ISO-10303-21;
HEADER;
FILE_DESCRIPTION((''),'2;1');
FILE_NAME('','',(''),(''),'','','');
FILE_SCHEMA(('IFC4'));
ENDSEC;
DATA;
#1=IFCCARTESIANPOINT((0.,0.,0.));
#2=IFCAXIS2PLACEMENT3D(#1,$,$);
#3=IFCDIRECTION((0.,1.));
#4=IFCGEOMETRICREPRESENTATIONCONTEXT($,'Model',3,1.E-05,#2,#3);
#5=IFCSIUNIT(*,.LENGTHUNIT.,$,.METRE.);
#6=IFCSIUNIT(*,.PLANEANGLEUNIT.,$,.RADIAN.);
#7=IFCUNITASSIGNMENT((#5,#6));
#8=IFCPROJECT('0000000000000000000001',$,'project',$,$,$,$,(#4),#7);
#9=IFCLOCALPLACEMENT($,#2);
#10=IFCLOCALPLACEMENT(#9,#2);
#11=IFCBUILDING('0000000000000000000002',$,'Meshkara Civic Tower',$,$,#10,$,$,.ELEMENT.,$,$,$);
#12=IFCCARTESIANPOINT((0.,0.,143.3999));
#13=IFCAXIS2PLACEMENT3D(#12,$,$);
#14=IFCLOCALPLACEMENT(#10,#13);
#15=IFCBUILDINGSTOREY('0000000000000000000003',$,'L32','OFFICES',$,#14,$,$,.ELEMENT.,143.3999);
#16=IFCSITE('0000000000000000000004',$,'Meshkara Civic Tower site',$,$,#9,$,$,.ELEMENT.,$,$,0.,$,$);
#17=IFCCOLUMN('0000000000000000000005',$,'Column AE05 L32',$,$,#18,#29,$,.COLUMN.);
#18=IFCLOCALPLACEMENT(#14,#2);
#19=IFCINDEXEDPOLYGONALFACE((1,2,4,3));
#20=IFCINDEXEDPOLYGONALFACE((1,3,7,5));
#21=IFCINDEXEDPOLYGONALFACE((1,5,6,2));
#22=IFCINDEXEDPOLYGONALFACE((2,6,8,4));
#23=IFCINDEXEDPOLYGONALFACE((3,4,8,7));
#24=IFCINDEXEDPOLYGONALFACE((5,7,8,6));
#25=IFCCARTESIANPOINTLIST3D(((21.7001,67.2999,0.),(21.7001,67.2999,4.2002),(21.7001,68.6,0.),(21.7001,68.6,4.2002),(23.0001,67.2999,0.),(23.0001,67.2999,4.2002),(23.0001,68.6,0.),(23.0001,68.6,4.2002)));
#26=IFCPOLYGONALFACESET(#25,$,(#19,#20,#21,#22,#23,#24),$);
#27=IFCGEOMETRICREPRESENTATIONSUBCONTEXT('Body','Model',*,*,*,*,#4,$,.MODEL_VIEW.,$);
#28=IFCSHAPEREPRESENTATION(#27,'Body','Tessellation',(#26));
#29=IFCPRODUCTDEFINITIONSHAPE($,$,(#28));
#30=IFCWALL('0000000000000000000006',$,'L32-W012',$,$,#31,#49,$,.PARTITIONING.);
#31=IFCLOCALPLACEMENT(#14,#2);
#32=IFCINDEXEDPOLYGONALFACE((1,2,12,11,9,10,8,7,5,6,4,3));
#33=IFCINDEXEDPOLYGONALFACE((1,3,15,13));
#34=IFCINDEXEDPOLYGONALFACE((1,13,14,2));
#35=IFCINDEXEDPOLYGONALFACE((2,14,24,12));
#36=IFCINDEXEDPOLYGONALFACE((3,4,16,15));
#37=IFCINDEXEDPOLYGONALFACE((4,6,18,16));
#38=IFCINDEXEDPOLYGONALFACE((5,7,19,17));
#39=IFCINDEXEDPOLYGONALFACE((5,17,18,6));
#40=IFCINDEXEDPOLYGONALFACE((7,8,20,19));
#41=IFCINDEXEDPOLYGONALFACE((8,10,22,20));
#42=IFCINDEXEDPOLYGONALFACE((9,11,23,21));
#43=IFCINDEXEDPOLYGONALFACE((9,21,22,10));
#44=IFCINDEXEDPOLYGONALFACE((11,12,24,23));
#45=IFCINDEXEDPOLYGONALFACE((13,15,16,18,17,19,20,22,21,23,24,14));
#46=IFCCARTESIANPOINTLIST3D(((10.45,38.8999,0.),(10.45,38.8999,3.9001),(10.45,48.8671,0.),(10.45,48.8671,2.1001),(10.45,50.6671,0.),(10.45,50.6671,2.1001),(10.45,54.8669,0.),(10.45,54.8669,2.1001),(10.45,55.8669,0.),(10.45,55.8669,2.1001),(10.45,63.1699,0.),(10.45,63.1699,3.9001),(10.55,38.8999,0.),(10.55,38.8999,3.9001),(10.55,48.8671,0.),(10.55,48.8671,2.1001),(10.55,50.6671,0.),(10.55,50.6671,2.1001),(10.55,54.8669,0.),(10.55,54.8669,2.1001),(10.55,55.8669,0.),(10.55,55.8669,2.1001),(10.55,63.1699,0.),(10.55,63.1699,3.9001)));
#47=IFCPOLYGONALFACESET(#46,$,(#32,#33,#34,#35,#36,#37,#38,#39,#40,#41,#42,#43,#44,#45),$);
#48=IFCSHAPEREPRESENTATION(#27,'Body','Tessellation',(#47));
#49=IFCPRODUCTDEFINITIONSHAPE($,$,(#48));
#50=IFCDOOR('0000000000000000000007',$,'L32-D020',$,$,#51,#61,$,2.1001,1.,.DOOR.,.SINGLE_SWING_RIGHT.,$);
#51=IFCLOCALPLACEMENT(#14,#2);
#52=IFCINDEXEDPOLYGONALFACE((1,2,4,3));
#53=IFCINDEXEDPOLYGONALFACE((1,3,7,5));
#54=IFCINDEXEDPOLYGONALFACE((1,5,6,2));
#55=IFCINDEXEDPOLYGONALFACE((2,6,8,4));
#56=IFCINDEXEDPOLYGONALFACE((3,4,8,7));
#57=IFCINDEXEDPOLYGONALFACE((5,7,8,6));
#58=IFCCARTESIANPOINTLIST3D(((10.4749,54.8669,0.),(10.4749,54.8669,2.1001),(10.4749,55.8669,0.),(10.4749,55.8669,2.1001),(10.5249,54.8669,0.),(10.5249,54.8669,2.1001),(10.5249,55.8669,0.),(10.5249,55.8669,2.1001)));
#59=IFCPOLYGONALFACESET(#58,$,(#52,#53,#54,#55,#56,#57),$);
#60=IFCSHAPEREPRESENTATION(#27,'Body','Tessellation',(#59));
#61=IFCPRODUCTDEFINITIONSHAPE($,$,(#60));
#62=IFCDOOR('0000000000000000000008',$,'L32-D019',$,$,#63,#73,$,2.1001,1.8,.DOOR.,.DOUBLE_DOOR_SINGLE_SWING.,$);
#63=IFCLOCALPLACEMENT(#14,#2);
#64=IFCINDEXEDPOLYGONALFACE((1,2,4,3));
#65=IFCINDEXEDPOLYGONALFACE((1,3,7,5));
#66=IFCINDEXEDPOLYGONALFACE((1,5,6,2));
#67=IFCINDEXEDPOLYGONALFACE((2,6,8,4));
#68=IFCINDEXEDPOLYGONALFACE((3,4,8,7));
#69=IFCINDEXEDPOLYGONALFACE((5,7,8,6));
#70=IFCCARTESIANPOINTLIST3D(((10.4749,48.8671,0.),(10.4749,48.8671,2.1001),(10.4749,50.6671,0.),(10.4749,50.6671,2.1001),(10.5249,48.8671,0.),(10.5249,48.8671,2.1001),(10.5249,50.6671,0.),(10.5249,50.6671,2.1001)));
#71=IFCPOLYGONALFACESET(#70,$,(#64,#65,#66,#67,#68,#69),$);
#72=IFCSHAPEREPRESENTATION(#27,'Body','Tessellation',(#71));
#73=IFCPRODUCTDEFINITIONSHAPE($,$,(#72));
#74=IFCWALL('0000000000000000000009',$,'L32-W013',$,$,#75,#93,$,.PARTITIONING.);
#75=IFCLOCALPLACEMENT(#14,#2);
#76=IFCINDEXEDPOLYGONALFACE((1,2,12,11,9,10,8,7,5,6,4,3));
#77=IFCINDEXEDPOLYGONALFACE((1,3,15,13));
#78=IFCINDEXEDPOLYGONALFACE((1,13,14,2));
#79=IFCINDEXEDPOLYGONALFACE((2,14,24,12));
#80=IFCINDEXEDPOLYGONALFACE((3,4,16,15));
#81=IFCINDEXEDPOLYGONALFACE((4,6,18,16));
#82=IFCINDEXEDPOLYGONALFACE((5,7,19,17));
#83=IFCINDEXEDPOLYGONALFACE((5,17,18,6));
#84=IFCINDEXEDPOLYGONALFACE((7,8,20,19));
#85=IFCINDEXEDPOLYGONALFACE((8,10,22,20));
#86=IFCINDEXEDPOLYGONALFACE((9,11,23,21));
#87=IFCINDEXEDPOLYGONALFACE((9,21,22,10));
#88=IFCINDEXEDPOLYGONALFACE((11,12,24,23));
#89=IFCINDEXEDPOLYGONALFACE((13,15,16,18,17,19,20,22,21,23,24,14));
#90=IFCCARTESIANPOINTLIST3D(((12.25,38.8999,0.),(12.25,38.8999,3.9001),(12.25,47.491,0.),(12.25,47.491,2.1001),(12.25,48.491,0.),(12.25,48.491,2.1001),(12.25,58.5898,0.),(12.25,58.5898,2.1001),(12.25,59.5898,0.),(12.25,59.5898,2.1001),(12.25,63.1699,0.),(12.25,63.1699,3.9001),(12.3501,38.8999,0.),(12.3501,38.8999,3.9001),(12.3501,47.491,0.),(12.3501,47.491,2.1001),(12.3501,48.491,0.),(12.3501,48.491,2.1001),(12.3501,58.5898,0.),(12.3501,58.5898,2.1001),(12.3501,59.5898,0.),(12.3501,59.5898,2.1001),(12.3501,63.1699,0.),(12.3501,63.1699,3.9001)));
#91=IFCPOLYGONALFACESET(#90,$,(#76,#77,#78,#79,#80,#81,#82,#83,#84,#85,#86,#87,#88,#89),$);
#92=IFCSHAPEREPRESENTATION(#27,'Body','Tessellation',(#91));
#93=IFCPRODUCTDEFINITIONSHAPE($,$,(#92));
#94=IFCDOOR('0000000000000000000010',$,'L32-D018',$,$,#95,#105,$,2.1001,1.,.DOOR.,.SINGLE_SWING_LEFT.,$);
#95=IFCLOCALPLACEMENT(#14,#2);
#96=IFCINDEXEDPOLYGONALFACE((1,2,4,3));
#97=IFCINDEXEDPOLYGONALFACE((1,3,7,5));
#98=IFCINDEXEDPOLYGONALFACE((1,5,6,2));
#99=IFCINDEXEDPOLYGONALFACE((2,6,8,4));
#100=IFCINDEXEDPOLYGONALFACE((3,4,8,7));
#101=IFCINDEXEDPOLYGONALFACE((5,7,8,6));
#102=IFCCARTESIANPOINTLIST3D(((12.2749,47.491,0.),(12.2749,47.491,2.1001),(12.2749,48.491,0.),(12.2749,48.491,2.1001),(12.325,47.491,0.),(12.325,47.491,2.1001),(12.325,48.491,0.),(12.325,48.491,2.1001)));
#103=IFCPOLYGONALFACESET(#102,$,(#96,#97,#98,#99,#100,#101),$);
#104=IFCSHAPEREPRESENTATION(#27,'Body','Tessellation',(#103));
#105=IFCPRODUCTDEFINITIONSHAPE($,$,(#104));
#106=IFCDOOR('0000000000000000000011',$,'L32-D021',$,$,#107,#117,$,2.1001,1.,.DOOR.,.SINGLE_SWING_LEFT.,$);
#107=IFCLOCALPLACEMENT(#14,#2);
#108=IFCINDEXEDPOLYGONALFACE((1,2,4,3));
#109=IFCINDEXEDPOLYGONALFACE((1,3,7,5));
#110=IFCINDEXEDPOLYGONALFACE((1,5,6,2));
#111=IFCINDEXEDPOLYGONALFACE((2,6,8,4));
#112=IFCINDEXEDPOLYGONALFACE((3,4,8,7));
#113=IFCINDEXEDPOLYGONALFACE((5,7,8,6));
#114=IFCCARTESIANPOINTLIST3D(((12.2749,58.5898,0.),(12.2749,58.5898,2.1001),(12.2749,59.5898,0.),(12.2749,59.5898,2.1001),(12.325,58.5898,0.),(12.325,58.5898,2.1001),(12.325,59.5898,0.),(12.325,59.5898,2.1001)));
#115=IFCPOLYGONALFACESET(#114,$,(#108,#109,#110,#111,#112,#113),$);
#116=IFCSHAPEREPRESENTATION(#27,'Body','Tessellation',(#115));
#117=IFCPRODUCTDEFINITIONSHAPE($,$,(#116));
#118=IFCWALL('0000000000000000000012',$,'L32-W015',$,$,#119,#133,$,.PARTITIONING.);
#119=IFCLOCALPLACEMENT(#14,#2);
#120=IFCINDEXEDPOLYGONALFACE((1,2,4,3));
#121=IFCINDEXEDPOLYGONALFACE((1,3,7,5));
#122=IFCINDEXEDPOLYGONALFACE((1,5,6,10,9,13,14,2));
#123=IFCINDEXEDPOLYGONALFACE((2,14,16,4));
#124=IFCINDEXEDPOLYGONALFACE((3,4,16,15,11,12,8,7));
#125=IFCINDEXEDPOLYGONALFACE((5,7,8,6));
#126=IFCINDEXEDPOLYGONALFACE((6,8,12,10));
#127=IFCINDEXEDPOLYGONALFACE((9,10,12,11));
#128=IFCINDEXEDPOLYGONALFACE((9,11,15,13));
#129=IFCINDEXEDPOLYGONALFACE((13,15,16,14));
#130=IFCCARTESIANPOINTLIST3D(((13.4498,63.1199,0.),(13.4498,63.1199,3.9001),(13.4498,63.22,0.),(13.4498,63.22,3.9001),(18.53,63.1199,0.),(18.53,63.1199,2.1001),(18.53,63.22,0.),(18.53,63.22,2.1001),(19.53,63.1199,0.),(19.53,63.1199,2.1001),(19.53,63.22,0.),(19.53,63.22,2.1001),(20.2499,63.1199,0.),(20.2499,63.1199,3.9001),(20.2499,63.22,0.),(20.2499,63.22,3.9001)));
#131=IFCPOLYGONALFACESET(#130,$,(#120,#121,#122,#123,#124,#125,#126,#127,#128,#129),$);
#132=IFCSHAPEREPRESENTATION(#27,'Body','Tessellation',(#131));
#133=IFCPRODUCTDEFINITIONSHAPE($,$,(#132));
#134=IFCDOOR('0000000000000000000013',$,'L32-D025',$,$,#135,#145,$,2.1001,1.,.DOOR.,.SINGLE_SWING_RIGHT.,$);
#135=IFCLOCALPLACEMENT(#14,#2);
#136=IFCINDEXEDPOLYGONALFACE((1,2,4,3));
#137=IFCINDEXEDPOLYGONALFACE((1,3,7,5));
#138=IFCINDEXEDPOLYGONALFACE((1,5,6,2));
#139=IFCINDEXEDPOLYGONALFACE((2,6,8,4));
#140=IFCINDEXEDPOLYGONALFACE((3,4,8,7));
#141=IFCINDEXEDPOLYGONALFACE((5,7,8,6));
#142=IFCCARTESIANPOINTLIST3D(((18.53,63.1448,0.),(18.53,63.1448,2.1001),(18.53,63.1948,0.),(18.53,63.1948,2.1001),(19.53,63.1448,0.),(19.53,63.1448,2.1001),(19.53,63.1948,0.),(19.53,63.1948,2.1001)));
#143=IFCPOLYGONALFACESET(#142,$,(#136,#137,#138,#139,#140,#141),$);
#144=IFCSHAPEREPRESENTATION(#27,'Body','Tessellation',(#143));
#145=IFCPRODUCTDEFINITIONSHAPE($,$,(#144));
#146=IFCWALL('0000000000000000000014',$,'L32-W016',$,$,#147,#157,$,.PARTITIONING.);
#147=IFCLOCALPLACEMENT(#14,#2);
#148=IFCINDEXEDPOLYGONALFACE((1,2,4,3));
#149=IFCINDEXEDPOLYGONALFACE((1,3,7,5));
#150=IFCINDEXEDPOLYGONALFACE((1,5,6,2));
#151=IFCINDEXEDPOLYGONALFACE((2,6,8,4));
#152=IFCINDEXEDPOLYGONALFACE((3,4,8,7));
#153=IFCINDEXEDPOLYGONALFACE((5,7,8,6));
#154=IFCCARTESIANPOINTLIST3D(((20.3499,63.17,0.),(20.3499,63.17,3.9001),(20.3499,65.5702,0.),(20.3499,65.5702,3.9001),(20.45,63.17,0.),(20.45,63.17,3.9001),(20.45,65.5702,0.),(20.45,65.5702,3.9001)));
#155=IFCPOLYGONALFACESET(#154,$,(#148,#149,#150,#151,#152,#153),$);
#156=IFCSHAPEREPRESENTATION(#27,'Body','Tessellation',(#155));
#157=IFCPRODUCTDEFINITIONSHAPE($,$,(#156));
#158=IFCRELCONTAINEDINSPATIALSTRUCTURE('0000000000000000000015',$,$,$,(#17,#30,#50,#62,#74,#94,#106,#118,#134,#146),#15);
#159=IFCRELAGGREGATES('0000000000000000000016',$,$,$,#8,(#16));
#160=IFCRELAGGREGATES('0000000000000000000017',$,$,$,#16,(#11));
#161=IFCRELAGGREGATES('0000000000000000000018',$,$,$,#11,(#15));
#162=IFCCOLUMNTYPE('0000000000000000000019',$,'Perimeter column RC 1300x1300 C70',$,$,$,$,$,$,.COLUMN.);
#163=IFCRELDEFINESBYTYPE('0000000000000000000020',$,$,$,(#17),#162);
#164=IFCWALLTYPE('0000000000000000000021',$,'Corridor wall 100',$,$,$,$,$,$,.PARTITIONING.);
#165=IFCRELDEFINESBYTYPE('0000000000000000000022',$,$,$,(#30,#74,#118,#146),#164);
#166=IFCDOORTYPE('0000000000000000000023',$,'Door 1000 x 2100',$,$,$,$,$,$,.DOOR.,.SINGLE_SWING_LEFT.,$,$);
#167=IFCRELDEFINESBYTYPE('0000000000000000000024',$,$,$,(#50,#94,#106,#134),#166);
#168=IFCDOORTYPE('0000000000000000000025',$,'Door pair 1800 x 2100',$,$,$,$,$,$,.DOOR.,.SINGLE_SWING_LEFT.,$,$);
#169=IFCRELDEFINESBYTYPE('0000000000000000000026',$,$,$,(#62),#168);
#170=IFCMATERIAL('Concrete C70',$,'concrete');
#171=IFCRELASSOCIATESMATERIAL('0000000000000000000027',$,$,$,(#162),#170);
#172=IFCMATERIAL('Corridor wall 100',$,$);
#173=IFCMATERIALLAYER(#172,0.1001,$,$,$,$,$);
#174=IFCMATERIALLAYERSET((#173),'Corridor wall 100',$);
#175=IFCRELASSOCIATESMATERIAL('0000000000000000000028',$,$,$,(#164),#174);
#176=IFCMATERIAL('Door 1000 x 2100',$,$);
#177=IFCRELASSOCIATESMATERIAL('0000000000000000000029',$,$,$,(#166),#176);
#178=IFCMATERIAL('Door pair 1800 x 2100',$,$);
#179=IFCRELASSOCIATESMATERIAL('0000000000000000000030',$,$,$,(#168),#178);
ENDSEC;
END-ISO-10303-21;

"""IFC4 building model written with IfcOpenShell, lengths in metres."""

from ifc_helpers import new_model, si_unit, direction, frame, frame_2d, origin, origin_2d, place, context, subcontext, project, spatial, rectangle, extrude, material, layer, layer_set, material_profile, profile_set, type_object, element, fill, save


model = new_model("IFC4")

# Units and contexts
model_context = context("Model", 3, precision=1e-05, world=origin(), true_north=direction((0.0, 1.0)))
body_context = subcontext(model_context, "Body", "Model", "MODEL_VIEW")
ifc_project = project(units=[si_unit("LENGTHUNIT", "METRE"), si_unit("PLANEANGLEUNIT", "RADIAN")], contexts=[model_context])

# Site, building, storey
site_placement = place(None, origin())
site = spatial("IfcSite", under=ifc_project, at=site_placement, Name="Meshkara Civic Tower site", CompositionType="ELEMENT", RefElevation=0.0)
building_placement = place(site_placement, origin())
building = spatial("IfcBuilding", under=site, at=building_placement, Name="Meshkara Civic Tower", CompositionType="ELEMENT")
storey_placement = place(building_placement, frame((0.0, 0.0, 143.3999)))
storey = spatial("IfcBuildingStorey", under=building, at=storey_placement, Name="L32", Description="OFFICES", CompositionType="ELEMENT", Elevation=143.3999)

# Column
ifc_material_1 = material(Name="Concrete C70", Category="concrete")
ifc_material_profile = material_profile(ifc_material_1, rectangle(XDim=1.3, YDim=1.3, at=origin_2d()))
ifc_profile_set = profile_set([ifc_material_profile], Name="Concrete C70")
column_type = type_object("IfcColumnType", Name="Perimeter column RC 1300x1300 C70", PredefinedType="COLUMN", material=ifc_profile_set)
column_placement = place(storey_placement, frame((22.3501, 67.95, 0.0), z_axis=(0.0, 0.0, 1.0), x_axis=(1.0, 0.0, 0.0)))
element("IfcColumn", 1, at=column_placement, inside=storey, type_object=column_type, Name="Column AE05 L32", PredefinedType="COLUMN", context=body_context, shape_type="SweptSolid", body=[
    extrude(rectangle(XDim=1.3, YDim=1.3, at=origin_2d()), origin(), (0.0, 0.0, 1.0), 4.2002),
])

# Walls, openings, doors
ifc_material_2 = material(Name="Corridor wall 100")
ifc_layer_1 = layer(ifc_material_2, 0.1001)
ifc_layer_set_1 = layer_set([ifc_layer_1], Name="Corridor wall 100")
wall_type_1 = type_object("IfcWallType", Name="Corridor wall 100", PredefinedType="PARTITIONING", material=ifc_layer_set_1)
wall_1_placement = place(storey_placement, frame((10.5, 63.1699, 0.0), z_axis=(0.0, 0.0, 1.0), x_axis=(0.0, -1.0, 0.0)))
wall_1 = element("IfcWall", 2, at=wall_1_placement, inside=storey, type_object=wall_type_1, Name="L32-W012", PredefinedType="PARTITIONING", context=body_context, shape_type="SweptSolid", body=[
    extrude(rectangle(XDim=24.27, YDim=0.1001, at=frame_2d((12.135, 0.0))), origin(), (0.0, 0.0, 1.0), 3.9001),
])
opening_1_placement = place(wall_1_placement, frame((12.5029, 0.0, 0.0)))
opening_1 = element("IfcOpeningElement", 3, at=opening_1_placement, cuts=wall_1, PredefinedType="OPENING", context=body_context, shape_type="SweptSolid", body=[
    extrude(rectangle(XDim=1.8, YDim=2.1001, at=frame_2d((0.8999, 1.05))), frame((0.0, 0.0601, 0.0), z_axis=(0.0, -1.0, 0.0), x_axis=(1.0, 0.0, 0.0)), (0.0, 0.0, 1.0), 0.1201),
])
opening_2_placement = place(wall_1_placement, frame((7.303, 0.0, 0.0)))
opening_2 = element("IfcOpeningElement", 4, at=opening_2_placement, cuts=wall_1, PredefinedType="OPENING", context=body_context, shape_type="SweptSolid", body=[
    extrude(rectangle(XDim=1.0, YDim=2.1001, at=frame_2d((0.5, 1.05))), frame((0.0, 0.0601, 0.0), z_axis=(0.0, -1.0, 0.0), x_axis=(1.0, 0.0, 0.0)), (0.0, 0.0, 1.0), 0.1201),
])
ifc_material_3 = material(Name="Door 1000 x 2100")
door_type_1 = type_object("IfcDoorType", Name="Door 1000 x 2100", OperationType="SINGLE_SWING_LEFT", PredefinedType="DOOR", material=ifc_material_3)
door_1_placement = place(opening_2_placement, origin())
door_1 = element("IfcDoor", 5, at=door_1_placement, inside=storey, type_object=door_type_1, Name="L32-D020", OperationType="SINGLE_SWING_RIGHT", OverallHeight=2.1001, OverallWidth=1.0, PredefinedType="DOOR", context=body_context, shape_type="SweptSolid", body=[
    extrude(rectangle(XDim=1.0, YDim=2.1001, at=frame_2d((0.5, 1.05))), frame((0.0, 0.0249, 0.0), z_axis=(0.0, -1.0, 0.0), x_axis=(1.0, 0.0, 0.0)), (0.0, 0.0, 1.0), 0.05),
])
fill(opening_2, door_1)
ifc_material_4 = material(Name="Door pair 1800 x 2100")
door_type_2 = type_object("IfcDoorType", Name="Door pair 1800 x 2100", OperationType="SINGLE_SWING_LEFT", PredefinedType="DOOR", material=ifc_material_4)
door_2_placement = place(opening_1_placement, origin())
door_2 = element("IfcDoor", 6, at=door_2_placement, inside=storey, type_object=door_type_2, Name="L32-D019", OperationType="DOUBLE_DOOR_SINGLE_SWING", OverallHeight=2.1001, OverallWidth=1.8, PredefinedType="DOOR", context=body_context, shape_type="SweptSolid", body=[
    extrude(rectangle(XDim=1.8, YDim=2.1001, at=frame_2d((0.8999, 1.05))), frame((0.0, 0.0249, 0.0), z_axis=(0.0, -1.0, 0.0), x_axis=(1.0, 0.0, 0.0)), (0.0, 0.0, 1.0), 0.05),
])
fill(opening_1, door_2)
wall_2_placement = place(storey_placement, frame((12.3, 63.1699, 0.0), z_axis=(0.0, 0.0, 1.0), x_axis=(0.0, -1.0, 0.0)))
wall_2 = element("IfcWall", 7, at=wall_2_placement, inside=storey, type_object=wall_type_1, Name="L32-W013", PredefinedType="PARTITIONING", context=body_context, shape_type="SweptSolid", body=[
    extrude(rectangle(XDim=24.27, YDim=0.1001, at=frame_2d((12.135, 0.0))), origin(), (0.0, 0.0, 1.0), 3.9001),
])
opening_3_placement = place(wall_2_placement, frame((14.679, 0.0, 0.0)))
opening_3 = element("IfcOpeningElement", 8, at=opening_3_placement, cuts=wall_2, PredefinedType="OPENING", context=body_context, shape_type="SweptSolid", body=[
    extrude(rectangle(XDim=1.0, YDim=2.1001, at=frame_2d((0.5, 1.05))), frame((0.0, 0.0601, 0.0), z_axis=(0.0, -1.0, 0.0), x_axis=(1.0, 0.0, 0.0)), (0.0, 0.0, 1.0), 0.1201),
])
opening_4_placement = place(wall_2_placement, frame((3.5801, 0.0, 0.0)))
opening_4 = element("IfcOpeningElement", 9, at=opening_4_placement, cuts=wall_2, PredefinedType="OPENING", context=body_context, shape_type="SweptSolid", body=[
    extrude(rectangle(XDim=1.0, YDim=2.1001, at=frame_2d((0.5, 1.05))), frame((0.0, 0.0601, 0.0), z_axis=(0.0, -1.0, 0.0), x_axis=(1.0, 0.0, 0.0)), (0.0, 0.0, 1.0), 0.1201),
])
door_3_placement = place(opening_3_placement, origin())
door_3 = element("IfcDoor", 10, at=door_3_placement, inside=storey, type_object=door_type_1, Name="L32-D018", OperationType="SINGLE_SWING_LEFT", OverallHeight=2.1001, OverallWidth=1.0, PredefinedType="DOOR", context=body_context, shape_type="SweptSolid", body=[
    extrude(rectangle(XDim=1.0, YDim=2.1001, at=frame_2d((0.5, 1.05))), frame((0.0, 0.0249, 0.0), z_axis=(0.0, -1.0, 0.0), x_axis=(1.0, 0.0, 0.0)), (0.0, 0.0, 1.0), 0.05),
])
fill(opening_3, door_3)
door_4_placement = place(opening_4_placement, origin())
door_4 = element("IfcDoor", 11, at=door_4_placement, inside=storey, type_object=door_type_1, Name="L32-D021", OperationType="SINGLE_SWING_LEFT", OverallHeight=2.1001, OverallWidth=1.0, PredefinedType="DOOR", context=body_context, shape_type="SweptSolid", body=[
    extrude(rectangle(XDim=1.0, YDim=2.1001, at=frame_2d((0.5, 1.05))), frame((0.0, 0.0249, 0.0), z_axis=(0.0, -1.0, 0.0), x_axis=(1.0, 0.0, 0.0)), (0.0, 0.0, 1.0), 0.05),
])
fill(opening_4, door_4)

# Wall, opening, door
wall_3_placement = place(storey_placement, frame((13.45, 63.1699, 0.0), z_axis=(0.0, 0.0, 1.0), x_axis=(1.0, 0.0, 0.0)))
wall_3 = element("IfcWall", 12, at=wall_3_placement, inside=storey, type_object=wall_type_1, Name="L32-W015", PredefinedType="PARTITIONING", context=body_context, shape_type="SweptSolid", body=[
    extrude(rectangle(XDim=6.8, YDim=0.1001, at=frame_2d((3.3999, 0.0))), origin(), (0.0, 0.0, 1.0), 3.9001),
])
opening_5_placement = place(wall_3_placement, frame((5.0801, 0.0, 0.0)))
opening_5 = element("IfcOpeningElement", 13, at=opening_5_placement, cuts=wall_3, PredefinedType="OPENING", context=body_context, shape_type="SweptSolid", body=[
    extrude(rectangle(XDim=1.0, YDim=2.1001, at=frame_2d((0.5, 1.05))), frame((0.0, 0.0601, 0.0), z_axis=(0.0, -1.0, 0.0), x_axis=(1.0, 0.0, 0.0)), (0.0, 0.0, 1.0), 0.1201),
])
door_5_placement = place(opening_5_placement, origin())
door_5 = element("IfcDoor", 14, at=door_5_placement, inside=storey, type_object=door_type_1, Name="L32-D025", OperationType="SINGLE_SWING_RIGHT", OverallHeight=2.1001, OverallWidth=1.0, PredefinedType="DOOR", context=body_context, shape_type="SweptSolid", body=[
    extrude(rectangle(XDim=1.0, YDim=2.1001, at=frame_2d((0.5, 1.05))), frame((0.0, 0.0249, 0.0), z_axis=(0.0, -1.0, 0.0), x_axis=(1.0, 0.0, 0.0)), (0.0, 0.0, 1.0), 0.05),
])
fill(opening_5, door_5)

# Wall
wall_4_placement = place(storey_placement, frame((20.3999, 63.1699, 0.0), z_axis=(0.0, 0.0, 1.0), x_axis=(0.0, 1.0, 0.0)))
element("IfcWall", 15, at=wall_4_placement, inside=storey, type_object=wall_type_1, Name="L32-W016", PredefinedType="PARTITIONING", context=body_context, shape_type="SweptSolid", body=[
    extrude(rectangle(XDim=2.4001, YDim=0.1001, at=frame_2d((1.2002, 0.0))), origin(), (0.0, 0.0, 1.0), 3.9001),
])

save(model, "model.ifc")
